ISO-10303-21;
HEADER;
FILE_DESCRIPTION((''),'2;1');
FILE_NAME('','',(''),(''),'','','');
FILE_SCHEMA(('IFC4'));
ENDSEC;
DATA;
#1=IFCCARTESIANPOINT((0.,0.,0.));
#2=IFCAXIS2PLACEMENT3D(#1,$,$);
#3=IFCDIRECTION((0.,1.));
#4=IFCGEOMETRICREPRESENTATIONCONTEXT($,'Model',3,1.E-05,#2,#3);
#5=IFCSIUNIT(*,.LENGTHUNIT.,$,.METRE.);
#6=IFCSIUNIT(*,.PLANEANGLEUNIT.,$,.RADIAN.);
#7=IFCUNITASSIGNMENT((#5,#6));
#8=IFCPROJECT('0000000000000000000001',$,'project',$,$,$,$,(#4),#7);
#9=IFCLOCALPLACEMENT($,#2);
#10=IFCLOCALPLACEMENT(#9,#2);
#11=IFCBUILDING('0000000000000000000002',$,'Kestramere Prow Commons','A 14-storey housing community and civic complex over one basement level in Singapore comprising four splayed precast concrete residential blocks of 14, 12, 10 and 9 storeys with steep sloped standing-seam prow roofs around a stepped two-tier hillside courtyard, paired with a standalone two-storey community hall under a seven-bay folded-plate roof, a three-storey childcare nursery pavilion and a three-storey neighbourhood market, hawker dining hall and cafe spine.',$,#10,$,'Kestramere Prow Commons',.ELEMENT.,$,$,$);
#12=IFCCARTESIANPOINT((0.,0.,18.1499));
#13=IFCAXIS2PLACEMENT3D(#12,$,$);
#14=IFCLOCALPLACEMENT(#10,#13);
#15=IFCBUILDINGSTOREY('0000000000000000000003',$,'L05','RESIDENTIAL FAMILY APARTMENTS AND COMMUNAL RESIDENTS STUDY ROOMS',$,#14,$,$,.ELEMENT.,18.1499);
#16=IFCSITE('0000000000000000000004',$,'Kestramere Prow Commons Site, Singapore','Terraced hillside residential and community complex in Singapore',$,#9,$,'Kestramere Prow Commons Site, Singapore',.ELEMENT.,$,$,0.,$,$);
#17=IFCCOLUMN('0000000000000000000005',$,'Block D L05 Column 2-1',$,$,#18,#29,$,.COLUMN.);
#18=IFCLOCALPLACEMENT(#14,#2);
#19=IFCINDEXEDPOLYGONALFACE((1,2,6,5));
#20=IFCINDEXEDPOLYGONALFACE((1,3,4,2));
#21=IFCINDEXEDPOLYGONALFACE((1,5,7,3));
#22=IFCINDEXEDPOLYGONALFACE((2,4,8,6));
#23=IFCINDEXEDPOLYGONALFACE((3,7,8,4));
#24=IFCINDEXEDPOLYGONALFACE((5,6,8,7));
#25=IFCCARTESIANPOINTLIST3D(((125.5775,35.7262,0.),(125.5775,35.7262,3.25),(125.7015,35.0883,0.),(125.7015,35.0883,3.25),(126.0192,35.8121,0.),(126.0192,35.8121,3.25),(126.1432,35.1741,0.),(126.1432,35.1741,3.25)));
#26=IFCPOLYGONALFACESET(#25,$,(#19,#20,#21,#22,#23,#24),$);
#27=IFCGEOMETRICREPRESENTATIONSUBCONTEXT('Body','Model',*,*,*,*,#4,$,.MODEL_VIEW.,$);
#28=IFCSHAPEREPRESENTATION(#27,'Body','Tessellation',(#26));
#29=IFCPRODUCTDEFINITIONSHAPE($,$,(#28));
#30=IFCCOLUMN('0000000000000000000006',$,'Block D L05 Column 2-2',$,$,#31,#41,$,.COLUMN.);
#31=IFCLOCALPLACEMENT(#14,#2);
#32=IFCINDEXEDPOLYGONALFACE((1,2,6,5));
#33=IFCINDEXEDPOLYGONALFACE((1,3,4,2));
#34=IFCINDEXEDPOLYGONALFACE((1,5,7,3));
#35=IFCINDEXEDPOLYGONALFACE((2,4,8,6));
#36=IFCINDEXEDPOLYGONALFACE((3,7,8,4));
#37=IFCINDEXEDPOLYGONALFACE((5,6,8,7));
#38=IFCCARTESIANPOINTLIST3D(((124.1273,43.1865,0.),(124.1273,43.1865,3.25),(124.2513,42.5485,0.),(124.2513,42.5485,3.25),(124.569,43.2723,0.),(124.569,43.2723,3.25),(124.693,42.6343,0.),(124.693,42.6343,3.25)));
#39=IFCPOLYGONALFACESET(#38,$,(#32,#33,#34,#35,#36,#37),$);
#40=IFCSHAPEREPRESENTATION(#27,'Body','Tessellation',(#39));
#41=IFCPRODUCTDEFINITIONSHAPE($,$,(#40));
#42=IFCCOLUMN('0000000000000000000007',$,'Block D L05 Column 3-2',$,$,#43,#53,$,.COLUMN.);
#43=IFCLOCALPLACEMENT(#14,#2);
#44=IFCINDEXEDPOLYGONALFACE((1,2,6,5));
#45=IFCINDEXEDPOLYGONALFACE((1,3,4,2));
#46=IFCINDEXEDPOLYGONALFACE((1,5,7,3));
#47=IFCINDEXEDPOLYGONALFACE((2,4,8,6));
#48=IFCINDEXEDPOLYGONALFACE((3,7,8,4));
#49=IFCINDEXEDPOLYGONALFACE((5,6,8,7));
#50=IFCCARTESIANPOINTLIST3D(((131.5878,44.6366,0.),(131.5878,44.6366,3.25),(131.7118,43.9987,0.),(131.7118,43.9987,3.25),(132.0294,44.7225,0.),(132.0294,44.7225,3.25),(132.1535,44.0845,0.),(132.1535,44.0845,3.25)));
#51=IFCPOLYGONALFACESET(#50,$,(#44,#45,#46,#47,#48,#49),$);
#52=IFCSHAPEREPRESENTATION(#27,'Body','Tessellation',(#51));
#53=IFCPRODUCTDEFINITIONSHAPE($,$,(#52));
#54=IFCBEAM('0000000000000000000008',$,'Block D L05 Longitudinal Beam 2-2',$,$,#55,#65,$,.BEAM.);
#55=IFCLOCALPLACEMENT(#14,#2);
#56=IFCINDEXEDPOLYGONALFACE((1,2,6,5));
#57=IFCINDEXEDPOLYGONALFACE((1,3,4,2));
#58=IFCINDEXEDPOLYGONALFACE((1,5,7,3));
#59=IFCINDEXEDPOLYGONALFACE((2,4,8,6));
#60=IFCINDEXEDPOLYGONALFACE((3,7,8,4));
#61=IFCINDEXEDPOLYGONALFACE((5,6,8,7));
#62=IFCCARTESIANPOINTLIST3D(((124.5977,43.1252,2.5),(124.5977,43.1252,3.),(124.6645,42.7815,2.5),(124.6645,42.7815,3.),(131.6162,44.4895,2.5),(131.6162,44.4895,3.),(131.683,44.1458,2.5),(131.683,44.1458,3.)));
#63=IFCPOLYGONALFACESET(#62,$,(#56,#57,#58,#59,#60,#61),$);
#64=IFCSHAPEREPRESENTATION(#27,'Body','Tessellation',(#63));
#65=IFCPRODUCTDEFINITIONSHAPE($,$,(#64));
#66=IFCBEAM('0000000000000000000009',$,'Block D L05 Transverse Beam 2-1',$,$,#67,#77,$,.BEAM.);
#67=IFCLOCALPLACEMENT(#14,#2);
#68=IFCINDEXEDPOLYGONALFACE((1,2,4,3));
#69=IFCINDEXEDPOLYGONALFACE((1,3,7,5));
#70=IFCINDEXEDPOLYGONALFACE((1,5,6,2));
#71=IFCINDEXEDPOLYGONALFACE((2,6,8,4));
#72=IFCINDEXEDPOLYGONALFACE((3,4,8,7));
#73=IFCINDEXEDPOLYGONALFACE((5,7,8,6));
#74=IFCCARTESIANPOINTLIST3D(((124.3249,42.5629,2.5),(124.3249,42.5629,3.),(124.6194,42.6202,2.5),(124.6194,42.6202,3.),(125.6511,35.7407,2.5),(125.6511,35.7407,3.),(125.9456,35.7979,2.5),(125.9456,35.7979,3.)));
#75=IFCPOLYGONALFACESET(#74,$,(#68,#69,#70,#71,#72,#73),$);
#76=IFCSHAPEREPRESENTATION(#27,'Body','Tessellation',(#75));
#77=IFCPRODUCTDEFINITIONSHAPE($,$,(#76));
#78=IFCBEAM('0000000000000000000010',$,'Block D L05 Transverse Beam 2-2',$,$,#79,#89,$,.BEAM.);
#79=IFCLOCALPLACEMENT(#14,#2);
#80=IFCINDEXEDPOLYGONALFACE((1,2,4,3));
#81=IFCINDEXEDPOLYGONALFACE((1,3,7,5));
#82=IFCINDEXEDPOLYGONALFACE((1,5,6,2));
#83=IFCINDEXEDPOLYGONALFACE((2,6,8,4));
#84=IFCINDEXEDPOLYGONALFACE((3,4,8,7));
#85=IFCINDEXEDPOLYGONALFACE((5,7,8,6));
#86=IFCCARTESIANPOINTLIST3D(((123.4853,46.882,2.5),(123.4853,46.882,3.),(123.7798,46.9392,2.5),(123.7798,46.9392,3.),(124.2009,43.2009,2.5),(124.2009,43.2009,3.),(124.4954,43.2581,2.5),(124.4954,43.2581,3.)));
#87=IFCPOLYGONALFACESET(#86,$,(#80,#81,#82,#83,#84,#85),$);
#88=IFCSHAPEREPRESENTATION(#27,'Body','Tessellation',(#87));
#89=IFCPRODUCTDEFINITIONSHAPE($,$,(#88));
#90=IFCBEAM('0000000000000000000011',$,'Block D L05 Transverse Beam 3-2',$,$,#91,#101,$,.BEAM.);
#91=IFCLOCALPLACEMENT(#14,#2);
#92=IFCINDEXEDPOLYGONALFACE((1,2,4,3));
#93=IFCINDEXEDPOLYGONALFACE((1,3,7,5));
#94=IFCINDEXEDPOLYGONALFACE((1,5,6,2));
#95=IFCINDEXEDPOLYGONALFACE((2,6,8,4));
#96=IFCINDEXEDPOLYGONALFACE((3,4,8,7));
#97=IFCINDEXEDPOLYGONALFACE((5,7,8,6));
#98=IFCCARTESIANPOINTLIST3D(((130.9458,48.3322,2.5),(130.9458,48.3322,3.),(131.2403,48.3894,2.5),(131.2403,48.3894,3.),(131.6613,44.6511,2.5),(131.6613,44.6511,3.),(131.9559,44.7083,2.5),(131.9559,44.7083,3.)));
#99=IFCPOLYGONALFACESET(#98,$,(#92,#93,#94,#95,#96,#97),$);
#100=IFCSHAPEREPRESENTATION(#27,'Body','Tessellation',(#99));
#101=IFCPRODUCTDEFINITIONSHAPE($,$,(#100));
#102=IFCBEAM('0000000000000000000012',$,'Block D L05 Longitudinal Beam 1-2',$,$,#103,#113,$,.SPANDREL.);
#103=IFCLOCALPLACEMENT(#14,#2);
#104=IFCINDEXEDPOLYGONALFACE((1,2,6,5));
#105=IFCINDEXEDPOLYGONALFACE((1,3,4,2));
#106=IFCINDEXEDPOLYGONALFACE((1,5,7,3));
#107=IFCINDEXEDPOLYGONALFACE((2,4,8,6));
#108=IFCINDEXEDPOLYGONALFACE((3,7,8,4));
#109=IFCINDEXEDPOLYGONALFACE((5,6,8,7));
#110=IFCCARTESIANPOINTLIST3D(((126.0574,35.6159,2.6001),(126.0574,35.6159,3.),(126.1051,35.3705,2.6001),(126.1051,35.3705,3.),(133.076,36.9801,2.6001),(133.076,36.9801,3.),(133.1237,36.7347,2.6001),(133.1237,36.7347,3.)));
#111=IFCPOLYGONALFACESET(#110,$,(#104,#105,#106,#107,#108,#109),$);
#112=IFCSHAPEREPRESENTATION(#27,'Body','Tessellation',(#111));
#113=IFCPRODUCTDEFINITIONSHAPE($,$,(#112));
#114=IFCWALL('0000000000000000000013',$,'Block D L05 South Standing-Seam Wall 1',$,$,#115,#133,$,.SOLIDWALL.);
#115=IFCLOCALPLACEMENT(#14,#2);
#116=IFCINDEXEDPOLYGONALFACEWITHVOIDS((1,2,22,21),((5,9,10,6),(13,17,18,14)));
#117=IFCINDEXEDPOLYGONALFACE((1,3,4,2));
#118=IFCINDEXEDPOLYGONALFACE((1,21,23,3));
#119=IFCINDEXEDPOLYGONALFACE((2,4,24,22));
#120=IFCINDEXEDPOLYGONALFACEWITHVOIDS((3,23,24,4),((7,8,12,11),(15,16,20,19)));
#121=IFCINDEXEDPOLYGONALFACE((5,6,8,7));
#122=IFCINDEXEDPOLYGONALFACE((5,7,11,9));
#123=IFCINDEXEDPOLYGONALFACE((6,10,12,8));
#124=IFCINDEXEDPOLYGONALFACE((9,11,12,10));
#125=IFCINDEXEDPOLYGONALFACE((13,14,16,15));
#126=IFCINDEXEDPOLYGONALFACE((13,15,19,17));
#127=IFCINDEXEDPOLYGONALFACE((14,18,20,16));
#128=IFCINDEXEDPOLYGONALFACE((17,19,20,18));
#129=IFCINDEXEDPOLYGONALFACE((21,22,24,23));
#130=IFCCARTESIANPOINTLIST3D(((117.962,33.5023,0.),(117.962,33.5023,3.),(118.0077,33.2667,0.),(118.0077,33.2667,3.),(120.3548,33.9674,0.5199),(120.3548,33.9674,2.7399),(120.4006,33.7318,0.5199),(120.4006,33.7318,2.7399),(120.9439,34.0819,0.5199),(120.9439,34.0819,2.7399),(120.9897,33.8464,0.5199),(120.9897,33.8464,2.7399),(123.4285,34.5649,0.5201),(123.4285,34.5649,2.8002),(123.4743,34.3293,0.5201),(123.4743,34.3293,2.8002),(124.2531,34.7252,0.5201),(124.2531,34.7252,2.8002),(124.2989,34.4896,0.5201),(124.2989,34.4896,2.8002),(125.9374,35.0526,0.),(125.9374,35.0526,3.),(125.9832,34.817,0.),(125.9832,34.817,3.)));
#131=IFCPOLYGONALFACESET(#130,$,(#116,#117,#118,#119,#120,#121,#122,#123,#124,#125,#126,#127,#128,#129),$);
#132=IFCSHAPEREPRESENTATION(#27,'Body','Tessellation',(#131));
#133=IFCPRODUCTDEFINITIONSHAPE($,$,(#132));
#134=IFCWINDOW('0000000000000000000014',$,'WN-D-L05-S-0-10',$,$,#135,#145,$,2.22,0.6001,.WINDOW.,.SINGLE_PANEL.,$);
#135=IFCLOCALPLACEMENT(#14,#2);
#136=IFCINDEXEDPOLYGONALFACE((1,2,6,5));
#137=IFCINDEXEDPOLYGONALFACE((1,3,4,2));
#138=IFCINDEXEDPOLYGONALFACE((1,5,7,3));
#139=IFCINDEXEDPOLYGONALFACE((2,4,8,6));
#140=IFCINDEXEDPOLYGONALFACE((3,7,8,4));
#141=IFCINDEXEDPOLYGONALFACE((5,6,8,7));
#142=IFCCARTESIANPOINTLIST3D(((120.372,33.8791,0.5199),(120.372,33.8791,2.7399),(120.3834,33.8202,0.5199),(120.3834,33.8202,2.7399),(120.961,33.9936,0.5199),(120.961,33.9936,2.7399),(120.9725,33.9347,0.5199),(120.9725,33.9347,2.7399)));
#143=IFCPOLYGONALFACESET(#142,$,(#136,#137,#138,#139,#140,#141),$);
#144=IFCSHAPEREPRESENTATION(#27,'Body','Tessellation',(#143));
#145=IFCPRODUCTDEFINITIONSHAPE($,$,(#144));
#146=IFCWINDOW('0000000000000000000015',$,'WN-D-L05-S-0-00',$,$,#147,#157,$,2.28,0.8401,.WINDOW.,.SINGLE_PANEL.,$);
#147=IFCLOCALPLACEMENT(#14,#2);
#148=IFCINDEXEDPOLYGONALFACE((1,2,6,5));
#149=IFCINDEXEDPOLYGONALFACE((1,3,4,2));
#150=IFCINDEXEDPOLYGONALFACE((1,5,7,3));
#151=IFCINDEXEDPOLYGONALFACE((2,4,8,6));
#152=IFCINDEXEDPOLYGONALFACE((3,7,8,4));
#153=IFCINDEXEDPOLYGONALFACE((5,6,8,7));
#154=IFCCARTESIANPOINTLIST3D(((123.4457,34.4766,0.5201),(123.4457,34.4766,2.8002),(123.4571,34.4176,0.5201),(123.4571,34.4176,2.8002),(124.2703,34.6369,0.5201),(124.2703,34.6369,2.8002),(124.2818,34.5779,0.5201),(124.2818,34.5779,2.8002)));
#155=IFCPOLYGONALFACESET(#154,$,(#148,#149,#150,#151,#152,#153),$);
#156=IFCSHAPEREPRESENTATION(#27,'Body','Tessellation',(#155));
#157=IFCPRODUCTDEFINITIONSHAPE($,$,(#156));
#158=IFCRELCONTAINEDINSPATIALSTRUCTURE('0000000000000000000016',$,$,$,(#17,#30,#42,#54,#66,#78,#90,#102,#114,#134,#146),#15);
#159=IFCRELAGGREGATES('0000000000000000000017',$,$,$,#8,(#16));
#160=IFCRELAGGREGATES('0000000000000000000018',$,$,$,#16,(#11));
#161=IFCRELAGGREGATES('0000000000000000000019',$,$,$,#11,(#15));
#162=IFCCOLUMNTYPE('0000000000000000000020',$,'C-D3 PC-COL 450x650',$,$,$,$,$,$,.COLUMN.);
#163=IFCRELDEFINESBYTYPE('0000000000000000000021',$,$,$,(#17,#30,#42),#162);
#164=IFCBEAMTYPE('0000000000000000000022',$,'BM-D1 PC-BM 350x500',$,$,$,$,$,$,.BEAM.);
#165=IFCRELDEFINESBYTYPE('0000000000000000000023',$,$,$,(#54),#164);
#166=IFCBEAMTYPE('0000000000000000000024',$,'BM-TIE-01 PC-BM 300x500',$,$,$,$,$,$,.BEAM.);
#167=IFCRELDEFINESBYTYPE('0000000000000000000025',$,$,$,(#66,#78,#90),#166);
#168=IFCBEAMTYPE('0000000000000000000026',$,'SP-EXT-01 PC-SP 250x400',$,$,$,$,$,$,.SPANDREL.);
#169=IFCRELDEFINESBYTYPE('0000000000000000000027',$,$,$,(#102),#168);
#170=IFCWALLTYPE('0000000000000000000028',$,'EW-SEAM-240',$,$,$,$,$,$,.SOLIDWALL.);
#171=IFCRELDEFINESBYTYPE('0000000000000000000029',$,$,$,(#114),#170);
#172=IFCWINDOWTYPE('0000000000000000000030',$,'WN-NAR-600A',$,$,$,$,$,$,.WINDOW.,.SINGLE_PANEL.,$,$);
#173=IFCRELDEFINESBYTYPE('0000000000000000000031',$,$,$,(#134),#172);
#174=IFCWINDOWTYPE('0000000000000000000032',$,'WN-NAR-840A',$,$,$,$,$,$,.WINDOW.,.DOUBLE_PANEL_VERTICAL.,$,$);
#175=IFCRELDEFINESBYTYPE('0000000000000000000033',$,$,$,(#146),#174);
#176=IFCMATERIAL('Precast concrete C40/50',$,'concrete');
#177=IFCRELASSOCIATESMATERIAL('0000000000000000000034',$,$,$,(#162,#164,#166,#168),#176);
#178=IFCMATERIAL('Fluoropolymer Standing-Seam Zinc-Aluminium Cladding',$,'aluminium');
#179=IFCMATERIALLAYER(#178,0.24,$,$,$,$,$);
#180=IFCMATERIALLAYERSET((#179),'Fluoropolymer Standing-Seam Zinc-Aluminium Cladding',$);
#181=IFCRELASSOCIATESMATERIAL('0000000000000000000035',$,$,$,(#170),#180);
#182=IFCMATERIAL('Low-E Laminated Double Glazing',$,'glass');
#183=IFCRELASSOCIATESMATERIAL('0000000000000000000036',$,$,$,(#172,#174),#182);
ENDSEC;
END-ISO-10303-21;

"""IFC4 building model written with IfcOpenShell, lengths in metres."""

from ifc_helpers import new_model, si_unit, direction, frame, frame_2d, origin, origin_2d, place, context, subcontext, project, spatial, rectangle, extrude, material, layer, layer_set, material_profile, profile_set, type_object, element, fill, save


model = new_model("IFC4")

# Units and contexts
model_context = context("Model", 3, precision=1e-05, world=origin(), true_north=direction((0.0, 1.0)))
body_context = subcontext(model_context, "Body", "Model", "MODEL_VIEW")
ifc_project = project(units=[si_unit("LENGTHUNIT", "METRE"), si_unit("PLANEANGLEUNIT", "RADIAN")], contexts=[model_context])

# Site, building, storey
site_placement = place(None, origin())
site = spatial("IfcSite", under=ifc_project, at=site_placement, Name="Kestramere Prow Commons Site, Singapore", Description="Terraced hillside residential and community complex in Singapore", LongName="Kestramere Prow Commons Site, Singapore", CompositionType="ELEMENT", RefElevation=0.0)
building_placement = place(site_placement, origin())
building = spatial("IfcBuilding", under=site, at=building_placement, Name="Kestramere Prow Commons", Description="A 14-storey housing community and civic complex over one basement level in Singapore comprising four splayed precast concrete residential blocks of 14, 12, 10 and 9 storeys with steep sloped standing-seam prow roofs around a stepped two-tier hillside courtyard, paired with a standalone two-storey community hall under a seven-bay folded-plate roof, a three-storey childcare nursery pavilion and a three-storey neighbourhood market, hawker dining hall and cafe spine.", LongName="Kestramere Prow Commons", CompositionType="ELEMENT")
storey_placement = place(building_placement, frame((0.0, 0.0, 18.1499)))
storey = spatial("IfcBuildingStorey", under=building, at=storey_placement, Name="L05", Description="RESIDENTIAL FAMILY APARTMENTS AND COMMUNAL RESIDENTS STUDY ROOMS", CompositionType="ELEMENT", Elevation=18.1499)

# Columns
ifc_material_1 = material(Name="Precast concrete C40/50", Category="concrete")
ifc_material_profile_1 = material_profile(ifc_material_1, rectangle(XDim=0.45, YDim=0.6499, at=origin_2d()), Name="PC-COL 450x650")
ifc_profile_set_1 = profile_set([ifc_material_profile_1], Name="Precast concrete C40/50")
column_type = type_object("IfcColumnType", Name="C-D3 PC-COL 450x650", PredefinedType="COLUMN", material=ifc_profile_set_1)
for number, where, z_axis, x_axis, name in (
    (1, (125.8604, 35.4502, 0.0), (0.0, 0.0, 1.0), (0.981627, 0.190809, 0.0), "Block D L05 Column 2-1"),
    (2, (124.4102, 42.9104, 0.0), (0.0, 0.0, 1.0), (0.981627, 0.190809, 0.0), "Block D L05 Column 2-2"),
    (3, (131.8706, 44.3606, 0.0), (0.0, 0.0, 1.0), (0.981627, 0.190809, 0.0), "Block D L05 Column 3-2"),
):
    element("IfcColumn", number, at=place(storey_placement, frame(where, z_axis=z_axis, x_axis=x_axis)), inside=storey, type_object=column_type, Name=name, PredefinedType="COLUMN", context=body_context, shape_type="SweptSolid", body=[
        extrude(rectangle(XDim=0.45, YDim=0.6499, at=origin_2d()), origin(), (0.0, 0.0, 1.0), 3.25),
    ])

# Beams
ifc_material_profile_2 = material_profile(ifc_material_1, rectangle(XDim=0.3501, YDim=0.5, at=origin_2d()), Name="PC-BM 350x500")
ifc_profile_set_2 = profile_set([ifc_material_profile_2], Name="Precast concrete C40/50")
beam_type_1 = type_object("IfcBeamType", Name="BM-D1 PC-BM 350x500", PredefinedType="BEAM", material=ifc_profile_set_2)
beam_1_placement = place(storey_placement, frame((124.6311, 42.9534, 2.75), z_axis=(0.981627, 0.190808, 0.0), x_axis=(-0.190808, 0.981627, 0.0)))
element("IfcBeam", 4, at=beam_1_placement, inside=storey, type_object=beam_type_1, Name="Block D L05 Longitudinal Beam 2-2", PredefinedType="BEAM", context=body_context, shape_type="SweptSolid", body=[
    extrude(rectangle(XDim=0.3501, YDim=0.5, at=origin_2d()), origin(), (0.0, 0.0, 1.0), 7.1499),
])
ifc_material_profile_3 = material_profile(ifc_material_1, rectangle(XDim=0.3, YDim=0.5, at=origin_2d()), Name="PC-BM 300x500")
ifc_profile_set_3 = profile_set([ifc_material_profile_3], Name="Precast concrete C40/50")
beam_type_2 = type_object("IfcBeamType", Name="BM-TIE-01 PC-BM 300x500", PredefinedType="BEAM", material=ifc_profile_set_3)
beam_2_placement = place(storey_placement, frame((125.7983, 35.7693, 2.75), z_axis=(-0.190817, 0.981626, 0.0), x_axis=(-0.981626, -0.190817, 0.0)))
element("IfcBeam", 5, at=beam_2_placement, inside=storey, type_object=beam_type_2, Name="Block D L05 Transverse Beam 2-1", PredefinedType="BEAM", context=body_context, shape_type="SweptSolid", body=[
    extrude(rectangle(XDim=0.3, YDim=0.5, at=origin_2d()), origin(), (0.0, 0.0, 1.0), 6.95),
])
for number, where, z_axis, x_axis, name in (
    (6, (124.3481, 43.2295, 2.75), (-0.190817, 0.981626, 0.0), (-0.981626, -0.190817, 0.0), "Block D L05 Transverse Beam 2-2"),
    (7, (131.8086, 44.6797, 2.75), (-0.190817, 0.981626, 0.0), (-0.981626, -0.190817, 0.0), "Block D L05 Transverse Beam 3-2"),
):
    element("IfcBeam", number, at=place(storey_placement, frame(where, z_axis=z_axis, x_axis=x_axis)), inside=storey, type_object=beam_type_2, Name=name, PredefinedType="BEAM", context=body_context, shape_type="SweptSolid", body=[
        extrude(rectangle(XDim=0.3, YDim=0.5, at=origin_2d()), origin(), (0.0, 0.0, 1.0), 3.75),
    ])
ifc_material_profile_4 = material_profile(ifc_material_1, rectangle(XDim=0.25, YDim=0.3999, at=origin_2d()), Name="PC-SP 250x400")
ifc_profile_set_4 = profile_set([ifc_material_profile_4], Name="Precast concrete C40/50")
beam_type_3 = type_object("IfcBeamType", Name="SP-EXT-01 PC-SP 250x400", PredefinedType="SPANDREL", material=ifc_profile_set_4)
beam_3_placement = place(storey_placement, frame((126.0813, 35.4932, 2.8), z_axis=(0.981627, 0.190808, 0.0), x_axis=(-0.190808, 0.981627, 0.0)))
element("IfcBeam", 8, at=beam_3_placement, inside=storey, type_object=beam_type_3, Name="Block D L05 Longitudinal Beam 1-2", PredefinedType="SPANDREL", context=body_context, shape_type="SweptSolid", body=[
    extrude(rectangle(XDim=0.25, YDim=0.3999, at=origin_2d()), origin(), (0.0, 0.0, 1.0), 7.1499),
])

# Wall, openings, windows
ifc_material_2 = material(Name="Fluoropolymer Standing-Seam Zinc-Aluminium Cladding", Category="aluminium")
ifc_layer_1 = layer(ifc_material_2, 0.24)
ifc_layer_set_1 = layer_set([ifc_layer_1], Name="Fluoropolymer Standing-Seam Zinc-Aluminium Cladding")
wall_type_1 = type_object("IfcWallType", Name="EW-SEAM-240", PredefinedType="SOLIDWALL", material=ifc_layer_set_1)
wall_1_placement = place(storey_placement, frame((125.9604, 34.9348, 0.0), z_axis=(0.0, 0.0, 1.0), x_axis=(-0.981627, -0.190809, 0.0)))
wall_1 = element("IfcWall", 9, at=wall_1_placement, inside=storey, type_object=wall_type_1, Name="Block D L05 South Standing-Seam Wall 1", PredefinedType="SOLIDWALL", context=body_context, shape_type="SweptSolid", body=[
    extrude(rectangle(XDim=8.1248, YDim=0.24, at=frame_2d((4.0625, 0.0))), origin(), (0.0, 0.0, 1.0), 3.0),
])
opening_1_placement = place(wall_1_placement, frame((1.7161, 0.0, 0.52)))
opening_1 = element("IfcOpeningElement", 10, at=opening_1_placement, cuts=wall_1, PredefinedType="OPENING", context=body_context, shape_type="SweptSolid", body=[
    extrude(rectangle(XDim=0.8401, YDim=2.28, at=frame_2d((0.4199, 1.1401))), frame((0.0, 0.135, 0.0), z_axis=(0.0, -1.0, 0.0), x_axis=(1.0, 0.0, 0.0)), (0.0, 0.0, 1.0), 0.27),
])
opening_2_placement = place(wall_1_placement, frame((5.0872, 0.0, 0.52)))
opening_2 = element("IfcOpeningElement", 11, at=opening_2_placement, cuts=wall_1, PredefinedType="OPENING", context=body_context, shape_type="SweptSolid", body=[
    extrude(rectangle(XDim=0.6001, YDim=2.22, at=frame_2d((0.3, 1.1099))), frame((0.0, 0.135, 0.0), z_axis=(0.0, -1.0, 0.0), x_axis=(1.0, 0.0, 0.0)), (0.0, 0.0, 1.0), 0.27),
])
ifc_material_3 = material(Name="Low-E Laminated Double Glazing", Category="glass")
window_type_1 = type_object("IfcWindowType", Name="WN-NAR-600A", PartitioningType="SINGLE_PANEL", PredefinedType="WINDOW", material=ifc_material_3)
window_1_placement = place(opening_2_placement, origin())
window_1 = element("IfcWindow", 12, at=window_1_placement, inside=storey, type_object=window_type_1, Name="WN-D-L05-S-0-10", OverallHeight=2.22, OverallWidth=0.6001, PartitioningType="SINGLE_PANEL", PredefinedType="WINDOW", context=body_context, shape_type="SweptSolid", body=[
    extrude(rectangle(XDim=0.6001, YDim=2.22, at=frame_2d((0.3, 1.1099))), frame((0.0, 0.03, 0.0), z_axis=(0.0, -1.0, 0.0), x_axis=(1.0, 0.0, 0.0)), (0.0, 0.0, 1.0), 0.0601),
])
fill(opening_2, window_1)
window_type_2 = type_object("IfcWindowType", Name="WN-NAR-840A", PartitioningType="DOUBLE_PANEL_VERTICAL", PredefinedType="WINDOW", material=ifc_material_3)
window_2_placement = place(opening_1_placement, origin())
window_2 = element("IfcWindow", 13, at=window_2_placement, inside=storey, type_object=window_type_2, Name="WN-D-L05-S-0-00", OverallHeight=2.28, OverallWidth=0.8401, PartitioningType="SINGLE_PANEL", PredefinedType="WINDOW", context=body_context, shape_type="SweptSolid", body=[
    extrude(rectangle(XDim=0.8401, YDim=2.28, at=frame_2d((0.4199, 1.1401))), frame((0.0, 0.03, 0.0), z_axis=(0.0, -1.0, 0.0), x_axis=(1.0, 0.0, 0.0)), (0.0, 0.0, 1.0), 0.0601),
])
fill(opening_1, window_2)

save(model, "model.ifc")
